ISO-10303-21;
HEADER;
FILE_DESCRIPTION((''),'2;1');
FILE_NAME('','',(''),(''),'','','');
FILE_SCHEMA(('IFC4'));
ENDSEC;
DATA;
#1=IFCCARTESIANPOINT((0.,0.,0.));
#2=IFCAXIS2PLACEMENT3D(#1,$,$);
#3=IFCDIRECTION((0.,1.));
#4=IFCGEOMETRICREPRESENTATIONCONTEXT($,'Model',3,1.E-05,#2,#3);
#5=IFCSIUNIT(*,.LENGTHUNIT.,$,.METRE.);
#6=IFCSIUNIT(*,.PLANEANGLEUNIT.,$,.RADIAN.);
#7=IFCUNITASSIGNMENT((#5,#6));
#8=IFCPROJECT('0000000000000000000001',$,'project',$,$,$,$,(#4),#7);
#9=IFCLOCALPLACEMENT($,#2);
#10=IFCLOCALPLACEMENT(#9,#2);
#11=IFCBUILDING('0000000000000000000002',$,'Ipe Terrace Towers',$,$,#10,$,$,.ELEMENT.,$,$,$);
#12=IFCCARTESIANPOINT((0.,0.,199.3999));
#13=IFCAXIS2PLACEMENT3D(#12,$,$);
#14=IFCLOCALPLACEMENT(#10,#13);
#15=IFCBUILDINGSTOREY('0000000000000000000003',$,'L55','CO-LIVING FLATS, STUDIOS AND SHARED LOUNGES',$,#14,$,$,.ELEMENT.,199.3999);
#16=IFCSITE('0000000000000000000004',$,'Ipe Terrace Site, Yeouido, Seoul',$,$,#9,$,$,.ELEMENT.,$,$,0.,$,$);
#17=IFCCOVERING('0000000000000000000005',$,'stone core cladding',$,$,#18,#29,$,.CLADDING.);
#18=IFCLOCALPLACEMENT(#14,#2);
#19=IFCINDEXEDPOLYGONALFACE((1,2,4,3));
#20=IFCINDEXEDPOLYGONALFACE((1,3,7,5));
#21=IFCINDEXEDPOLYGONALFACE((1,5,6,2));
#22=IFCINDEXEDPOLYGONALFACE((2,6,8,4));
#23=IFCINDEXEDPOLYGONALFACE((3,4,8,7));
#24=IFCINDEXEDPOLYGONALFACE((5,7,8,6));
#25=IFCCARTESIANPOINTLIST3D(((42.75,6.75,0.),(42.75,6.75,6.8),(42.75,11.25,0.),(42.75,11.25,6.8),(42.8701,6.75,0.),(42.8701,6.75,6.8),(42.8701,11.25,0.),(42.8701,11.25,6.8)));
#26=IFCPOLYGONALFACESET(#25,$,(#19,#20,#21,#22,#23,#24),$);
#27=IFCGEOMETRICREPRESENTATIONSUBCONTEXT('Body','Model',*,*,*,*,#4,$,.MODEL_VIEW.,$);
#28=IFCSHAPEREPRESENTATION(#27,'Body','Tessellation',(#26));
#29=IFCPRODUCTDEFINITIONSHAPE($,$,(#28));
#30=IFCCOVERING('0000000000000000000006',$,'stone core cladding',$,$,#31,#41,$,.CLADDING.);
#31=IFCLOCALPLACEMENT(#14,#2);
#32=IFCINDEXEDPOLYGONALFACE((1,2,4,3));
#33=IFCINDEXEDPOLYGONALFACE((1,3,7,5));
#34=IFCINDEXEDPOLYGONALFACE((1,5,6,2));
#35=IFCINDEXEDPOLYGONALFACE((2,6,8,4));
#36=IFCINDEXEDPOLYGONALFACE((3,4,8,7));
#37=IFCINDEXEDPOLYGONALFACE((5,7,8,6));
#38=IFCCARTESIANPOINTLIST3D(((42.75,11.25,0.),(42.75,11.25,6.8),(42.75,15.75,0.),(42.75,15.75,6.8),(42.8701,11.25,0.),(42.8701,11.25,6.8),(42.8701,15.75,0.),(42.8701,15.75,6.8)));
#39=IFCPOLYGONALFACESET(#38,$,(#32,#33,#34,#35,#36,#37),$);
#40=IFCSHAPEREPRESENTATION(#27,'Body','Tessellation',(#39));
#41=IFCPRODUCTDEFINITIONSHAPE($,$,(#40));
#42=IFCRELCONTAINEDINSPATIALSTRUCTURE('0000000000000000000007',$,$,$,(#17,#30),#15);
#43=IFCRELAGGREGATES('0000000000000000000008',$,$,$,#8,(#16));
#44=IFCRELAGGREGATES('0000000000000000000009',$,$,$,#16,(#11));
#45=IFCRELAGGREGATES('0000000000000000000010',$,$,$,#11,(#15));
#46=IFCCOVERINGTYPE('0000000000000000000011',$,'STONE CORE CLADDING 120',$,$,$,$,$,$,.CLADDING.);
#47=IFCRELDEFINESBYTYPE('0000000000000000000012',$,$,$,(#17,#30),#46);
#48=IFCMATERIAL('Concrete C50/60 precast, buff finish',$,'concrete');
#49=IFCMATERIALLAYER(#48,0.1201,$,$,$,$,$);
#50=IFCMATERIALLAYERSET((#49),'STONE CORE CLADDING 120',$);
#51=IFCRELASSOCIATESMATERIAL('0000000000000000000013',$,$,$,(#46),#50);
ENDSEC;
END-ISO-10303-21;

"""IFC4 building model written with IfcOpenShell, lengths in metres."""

from ifc_helpers import new_model, si_unit, direction, frame, origin, origin_2d, place, context, subcontext, project, spatial, rectangle, extrude, material, layer, layer_set, type_object, element, save


model = new_model("IFC4")

# Units and contexts
model_context = context("Model", 3, precision=1e-05, world=origin(), true_north=direction((0.0, 1.0)))
body_context = subcontext(model_context, "Body", "Model", "MODEL_VIEW")
ifc_project = project(units=[si_unit("LENGTHUNIT", "METRE"), si_unit("PLANEANGLEUNIT", "RADIAN")], contexts=[model_context])

# Site, building, storey
site_placement = place(None, origin())
site = spatial("IfcSite", under=ifc_project, at=site_placement, Name="Ipe Terrace Site, Yeouido, Seoul", CompositionType="ELEMENT", RefElevation=0.0)
building_placement = place(site_placement, origin())
building = spatial("IfcBuilding", under=site, at=building_placement, Name="Ipe Terrace Towers", CompositionType="ELEMENT")
storey_placement = place(building_placement, frame((0.0, 0.0, 199.3999)))
storey = spatial("IfcBuildingStorey", under=building, at=storey_placement, Name="L55", Description="CO-LIVING FLATS, STUDIOS AND SHARED LOUNGES", CompositionType="ELEMENT", Elevation=199.3999)

# Coverings
ifc_material_1 = material(Name="Concrete C50/60 precast, buff finish", Category="concrete")
ifc_layer_1 = layer(ifc_material_1, 0.1201)
ifc_layer_set_1 = layer_set([ifc_layer_1], Name="STONE CORE CLADDING 120")
covering_type = type_object("IfcCoveringType", Name="STONE CORE CLADDING 120", PredefinedType="CLADDING", material=ifc_layer_set_1)
for number, where, z_axis, x_axis, name in (
    (1, (42.8101, 9.0, 0.0), (0.0, 0.0, 1.0), (0.0, 1.0, 0.0), "stone core cladding"),
    (2, (42.8101, 13.5, 0.0), (0.0, 0.0, 1.0), (0.0, 1.0, 0.0), "stone core cladding"),
):
    element("IfcCovering", number, at=place(storey_placement, frame(where, z_axis=z_axis, x_axis=x_axis)), inside=storey, type_object=covering_type, Name=name, PredefinedType="CLADDING", context=body_context, shape_type="SweptSolid", body=[
        extrude(rectangle(XDim=4.5, YDim=0.1201, at=origin_2d()), origin(), (0.0, 0.0, 1.0), 6.8),
    ])

save(model, "model.ifc")
